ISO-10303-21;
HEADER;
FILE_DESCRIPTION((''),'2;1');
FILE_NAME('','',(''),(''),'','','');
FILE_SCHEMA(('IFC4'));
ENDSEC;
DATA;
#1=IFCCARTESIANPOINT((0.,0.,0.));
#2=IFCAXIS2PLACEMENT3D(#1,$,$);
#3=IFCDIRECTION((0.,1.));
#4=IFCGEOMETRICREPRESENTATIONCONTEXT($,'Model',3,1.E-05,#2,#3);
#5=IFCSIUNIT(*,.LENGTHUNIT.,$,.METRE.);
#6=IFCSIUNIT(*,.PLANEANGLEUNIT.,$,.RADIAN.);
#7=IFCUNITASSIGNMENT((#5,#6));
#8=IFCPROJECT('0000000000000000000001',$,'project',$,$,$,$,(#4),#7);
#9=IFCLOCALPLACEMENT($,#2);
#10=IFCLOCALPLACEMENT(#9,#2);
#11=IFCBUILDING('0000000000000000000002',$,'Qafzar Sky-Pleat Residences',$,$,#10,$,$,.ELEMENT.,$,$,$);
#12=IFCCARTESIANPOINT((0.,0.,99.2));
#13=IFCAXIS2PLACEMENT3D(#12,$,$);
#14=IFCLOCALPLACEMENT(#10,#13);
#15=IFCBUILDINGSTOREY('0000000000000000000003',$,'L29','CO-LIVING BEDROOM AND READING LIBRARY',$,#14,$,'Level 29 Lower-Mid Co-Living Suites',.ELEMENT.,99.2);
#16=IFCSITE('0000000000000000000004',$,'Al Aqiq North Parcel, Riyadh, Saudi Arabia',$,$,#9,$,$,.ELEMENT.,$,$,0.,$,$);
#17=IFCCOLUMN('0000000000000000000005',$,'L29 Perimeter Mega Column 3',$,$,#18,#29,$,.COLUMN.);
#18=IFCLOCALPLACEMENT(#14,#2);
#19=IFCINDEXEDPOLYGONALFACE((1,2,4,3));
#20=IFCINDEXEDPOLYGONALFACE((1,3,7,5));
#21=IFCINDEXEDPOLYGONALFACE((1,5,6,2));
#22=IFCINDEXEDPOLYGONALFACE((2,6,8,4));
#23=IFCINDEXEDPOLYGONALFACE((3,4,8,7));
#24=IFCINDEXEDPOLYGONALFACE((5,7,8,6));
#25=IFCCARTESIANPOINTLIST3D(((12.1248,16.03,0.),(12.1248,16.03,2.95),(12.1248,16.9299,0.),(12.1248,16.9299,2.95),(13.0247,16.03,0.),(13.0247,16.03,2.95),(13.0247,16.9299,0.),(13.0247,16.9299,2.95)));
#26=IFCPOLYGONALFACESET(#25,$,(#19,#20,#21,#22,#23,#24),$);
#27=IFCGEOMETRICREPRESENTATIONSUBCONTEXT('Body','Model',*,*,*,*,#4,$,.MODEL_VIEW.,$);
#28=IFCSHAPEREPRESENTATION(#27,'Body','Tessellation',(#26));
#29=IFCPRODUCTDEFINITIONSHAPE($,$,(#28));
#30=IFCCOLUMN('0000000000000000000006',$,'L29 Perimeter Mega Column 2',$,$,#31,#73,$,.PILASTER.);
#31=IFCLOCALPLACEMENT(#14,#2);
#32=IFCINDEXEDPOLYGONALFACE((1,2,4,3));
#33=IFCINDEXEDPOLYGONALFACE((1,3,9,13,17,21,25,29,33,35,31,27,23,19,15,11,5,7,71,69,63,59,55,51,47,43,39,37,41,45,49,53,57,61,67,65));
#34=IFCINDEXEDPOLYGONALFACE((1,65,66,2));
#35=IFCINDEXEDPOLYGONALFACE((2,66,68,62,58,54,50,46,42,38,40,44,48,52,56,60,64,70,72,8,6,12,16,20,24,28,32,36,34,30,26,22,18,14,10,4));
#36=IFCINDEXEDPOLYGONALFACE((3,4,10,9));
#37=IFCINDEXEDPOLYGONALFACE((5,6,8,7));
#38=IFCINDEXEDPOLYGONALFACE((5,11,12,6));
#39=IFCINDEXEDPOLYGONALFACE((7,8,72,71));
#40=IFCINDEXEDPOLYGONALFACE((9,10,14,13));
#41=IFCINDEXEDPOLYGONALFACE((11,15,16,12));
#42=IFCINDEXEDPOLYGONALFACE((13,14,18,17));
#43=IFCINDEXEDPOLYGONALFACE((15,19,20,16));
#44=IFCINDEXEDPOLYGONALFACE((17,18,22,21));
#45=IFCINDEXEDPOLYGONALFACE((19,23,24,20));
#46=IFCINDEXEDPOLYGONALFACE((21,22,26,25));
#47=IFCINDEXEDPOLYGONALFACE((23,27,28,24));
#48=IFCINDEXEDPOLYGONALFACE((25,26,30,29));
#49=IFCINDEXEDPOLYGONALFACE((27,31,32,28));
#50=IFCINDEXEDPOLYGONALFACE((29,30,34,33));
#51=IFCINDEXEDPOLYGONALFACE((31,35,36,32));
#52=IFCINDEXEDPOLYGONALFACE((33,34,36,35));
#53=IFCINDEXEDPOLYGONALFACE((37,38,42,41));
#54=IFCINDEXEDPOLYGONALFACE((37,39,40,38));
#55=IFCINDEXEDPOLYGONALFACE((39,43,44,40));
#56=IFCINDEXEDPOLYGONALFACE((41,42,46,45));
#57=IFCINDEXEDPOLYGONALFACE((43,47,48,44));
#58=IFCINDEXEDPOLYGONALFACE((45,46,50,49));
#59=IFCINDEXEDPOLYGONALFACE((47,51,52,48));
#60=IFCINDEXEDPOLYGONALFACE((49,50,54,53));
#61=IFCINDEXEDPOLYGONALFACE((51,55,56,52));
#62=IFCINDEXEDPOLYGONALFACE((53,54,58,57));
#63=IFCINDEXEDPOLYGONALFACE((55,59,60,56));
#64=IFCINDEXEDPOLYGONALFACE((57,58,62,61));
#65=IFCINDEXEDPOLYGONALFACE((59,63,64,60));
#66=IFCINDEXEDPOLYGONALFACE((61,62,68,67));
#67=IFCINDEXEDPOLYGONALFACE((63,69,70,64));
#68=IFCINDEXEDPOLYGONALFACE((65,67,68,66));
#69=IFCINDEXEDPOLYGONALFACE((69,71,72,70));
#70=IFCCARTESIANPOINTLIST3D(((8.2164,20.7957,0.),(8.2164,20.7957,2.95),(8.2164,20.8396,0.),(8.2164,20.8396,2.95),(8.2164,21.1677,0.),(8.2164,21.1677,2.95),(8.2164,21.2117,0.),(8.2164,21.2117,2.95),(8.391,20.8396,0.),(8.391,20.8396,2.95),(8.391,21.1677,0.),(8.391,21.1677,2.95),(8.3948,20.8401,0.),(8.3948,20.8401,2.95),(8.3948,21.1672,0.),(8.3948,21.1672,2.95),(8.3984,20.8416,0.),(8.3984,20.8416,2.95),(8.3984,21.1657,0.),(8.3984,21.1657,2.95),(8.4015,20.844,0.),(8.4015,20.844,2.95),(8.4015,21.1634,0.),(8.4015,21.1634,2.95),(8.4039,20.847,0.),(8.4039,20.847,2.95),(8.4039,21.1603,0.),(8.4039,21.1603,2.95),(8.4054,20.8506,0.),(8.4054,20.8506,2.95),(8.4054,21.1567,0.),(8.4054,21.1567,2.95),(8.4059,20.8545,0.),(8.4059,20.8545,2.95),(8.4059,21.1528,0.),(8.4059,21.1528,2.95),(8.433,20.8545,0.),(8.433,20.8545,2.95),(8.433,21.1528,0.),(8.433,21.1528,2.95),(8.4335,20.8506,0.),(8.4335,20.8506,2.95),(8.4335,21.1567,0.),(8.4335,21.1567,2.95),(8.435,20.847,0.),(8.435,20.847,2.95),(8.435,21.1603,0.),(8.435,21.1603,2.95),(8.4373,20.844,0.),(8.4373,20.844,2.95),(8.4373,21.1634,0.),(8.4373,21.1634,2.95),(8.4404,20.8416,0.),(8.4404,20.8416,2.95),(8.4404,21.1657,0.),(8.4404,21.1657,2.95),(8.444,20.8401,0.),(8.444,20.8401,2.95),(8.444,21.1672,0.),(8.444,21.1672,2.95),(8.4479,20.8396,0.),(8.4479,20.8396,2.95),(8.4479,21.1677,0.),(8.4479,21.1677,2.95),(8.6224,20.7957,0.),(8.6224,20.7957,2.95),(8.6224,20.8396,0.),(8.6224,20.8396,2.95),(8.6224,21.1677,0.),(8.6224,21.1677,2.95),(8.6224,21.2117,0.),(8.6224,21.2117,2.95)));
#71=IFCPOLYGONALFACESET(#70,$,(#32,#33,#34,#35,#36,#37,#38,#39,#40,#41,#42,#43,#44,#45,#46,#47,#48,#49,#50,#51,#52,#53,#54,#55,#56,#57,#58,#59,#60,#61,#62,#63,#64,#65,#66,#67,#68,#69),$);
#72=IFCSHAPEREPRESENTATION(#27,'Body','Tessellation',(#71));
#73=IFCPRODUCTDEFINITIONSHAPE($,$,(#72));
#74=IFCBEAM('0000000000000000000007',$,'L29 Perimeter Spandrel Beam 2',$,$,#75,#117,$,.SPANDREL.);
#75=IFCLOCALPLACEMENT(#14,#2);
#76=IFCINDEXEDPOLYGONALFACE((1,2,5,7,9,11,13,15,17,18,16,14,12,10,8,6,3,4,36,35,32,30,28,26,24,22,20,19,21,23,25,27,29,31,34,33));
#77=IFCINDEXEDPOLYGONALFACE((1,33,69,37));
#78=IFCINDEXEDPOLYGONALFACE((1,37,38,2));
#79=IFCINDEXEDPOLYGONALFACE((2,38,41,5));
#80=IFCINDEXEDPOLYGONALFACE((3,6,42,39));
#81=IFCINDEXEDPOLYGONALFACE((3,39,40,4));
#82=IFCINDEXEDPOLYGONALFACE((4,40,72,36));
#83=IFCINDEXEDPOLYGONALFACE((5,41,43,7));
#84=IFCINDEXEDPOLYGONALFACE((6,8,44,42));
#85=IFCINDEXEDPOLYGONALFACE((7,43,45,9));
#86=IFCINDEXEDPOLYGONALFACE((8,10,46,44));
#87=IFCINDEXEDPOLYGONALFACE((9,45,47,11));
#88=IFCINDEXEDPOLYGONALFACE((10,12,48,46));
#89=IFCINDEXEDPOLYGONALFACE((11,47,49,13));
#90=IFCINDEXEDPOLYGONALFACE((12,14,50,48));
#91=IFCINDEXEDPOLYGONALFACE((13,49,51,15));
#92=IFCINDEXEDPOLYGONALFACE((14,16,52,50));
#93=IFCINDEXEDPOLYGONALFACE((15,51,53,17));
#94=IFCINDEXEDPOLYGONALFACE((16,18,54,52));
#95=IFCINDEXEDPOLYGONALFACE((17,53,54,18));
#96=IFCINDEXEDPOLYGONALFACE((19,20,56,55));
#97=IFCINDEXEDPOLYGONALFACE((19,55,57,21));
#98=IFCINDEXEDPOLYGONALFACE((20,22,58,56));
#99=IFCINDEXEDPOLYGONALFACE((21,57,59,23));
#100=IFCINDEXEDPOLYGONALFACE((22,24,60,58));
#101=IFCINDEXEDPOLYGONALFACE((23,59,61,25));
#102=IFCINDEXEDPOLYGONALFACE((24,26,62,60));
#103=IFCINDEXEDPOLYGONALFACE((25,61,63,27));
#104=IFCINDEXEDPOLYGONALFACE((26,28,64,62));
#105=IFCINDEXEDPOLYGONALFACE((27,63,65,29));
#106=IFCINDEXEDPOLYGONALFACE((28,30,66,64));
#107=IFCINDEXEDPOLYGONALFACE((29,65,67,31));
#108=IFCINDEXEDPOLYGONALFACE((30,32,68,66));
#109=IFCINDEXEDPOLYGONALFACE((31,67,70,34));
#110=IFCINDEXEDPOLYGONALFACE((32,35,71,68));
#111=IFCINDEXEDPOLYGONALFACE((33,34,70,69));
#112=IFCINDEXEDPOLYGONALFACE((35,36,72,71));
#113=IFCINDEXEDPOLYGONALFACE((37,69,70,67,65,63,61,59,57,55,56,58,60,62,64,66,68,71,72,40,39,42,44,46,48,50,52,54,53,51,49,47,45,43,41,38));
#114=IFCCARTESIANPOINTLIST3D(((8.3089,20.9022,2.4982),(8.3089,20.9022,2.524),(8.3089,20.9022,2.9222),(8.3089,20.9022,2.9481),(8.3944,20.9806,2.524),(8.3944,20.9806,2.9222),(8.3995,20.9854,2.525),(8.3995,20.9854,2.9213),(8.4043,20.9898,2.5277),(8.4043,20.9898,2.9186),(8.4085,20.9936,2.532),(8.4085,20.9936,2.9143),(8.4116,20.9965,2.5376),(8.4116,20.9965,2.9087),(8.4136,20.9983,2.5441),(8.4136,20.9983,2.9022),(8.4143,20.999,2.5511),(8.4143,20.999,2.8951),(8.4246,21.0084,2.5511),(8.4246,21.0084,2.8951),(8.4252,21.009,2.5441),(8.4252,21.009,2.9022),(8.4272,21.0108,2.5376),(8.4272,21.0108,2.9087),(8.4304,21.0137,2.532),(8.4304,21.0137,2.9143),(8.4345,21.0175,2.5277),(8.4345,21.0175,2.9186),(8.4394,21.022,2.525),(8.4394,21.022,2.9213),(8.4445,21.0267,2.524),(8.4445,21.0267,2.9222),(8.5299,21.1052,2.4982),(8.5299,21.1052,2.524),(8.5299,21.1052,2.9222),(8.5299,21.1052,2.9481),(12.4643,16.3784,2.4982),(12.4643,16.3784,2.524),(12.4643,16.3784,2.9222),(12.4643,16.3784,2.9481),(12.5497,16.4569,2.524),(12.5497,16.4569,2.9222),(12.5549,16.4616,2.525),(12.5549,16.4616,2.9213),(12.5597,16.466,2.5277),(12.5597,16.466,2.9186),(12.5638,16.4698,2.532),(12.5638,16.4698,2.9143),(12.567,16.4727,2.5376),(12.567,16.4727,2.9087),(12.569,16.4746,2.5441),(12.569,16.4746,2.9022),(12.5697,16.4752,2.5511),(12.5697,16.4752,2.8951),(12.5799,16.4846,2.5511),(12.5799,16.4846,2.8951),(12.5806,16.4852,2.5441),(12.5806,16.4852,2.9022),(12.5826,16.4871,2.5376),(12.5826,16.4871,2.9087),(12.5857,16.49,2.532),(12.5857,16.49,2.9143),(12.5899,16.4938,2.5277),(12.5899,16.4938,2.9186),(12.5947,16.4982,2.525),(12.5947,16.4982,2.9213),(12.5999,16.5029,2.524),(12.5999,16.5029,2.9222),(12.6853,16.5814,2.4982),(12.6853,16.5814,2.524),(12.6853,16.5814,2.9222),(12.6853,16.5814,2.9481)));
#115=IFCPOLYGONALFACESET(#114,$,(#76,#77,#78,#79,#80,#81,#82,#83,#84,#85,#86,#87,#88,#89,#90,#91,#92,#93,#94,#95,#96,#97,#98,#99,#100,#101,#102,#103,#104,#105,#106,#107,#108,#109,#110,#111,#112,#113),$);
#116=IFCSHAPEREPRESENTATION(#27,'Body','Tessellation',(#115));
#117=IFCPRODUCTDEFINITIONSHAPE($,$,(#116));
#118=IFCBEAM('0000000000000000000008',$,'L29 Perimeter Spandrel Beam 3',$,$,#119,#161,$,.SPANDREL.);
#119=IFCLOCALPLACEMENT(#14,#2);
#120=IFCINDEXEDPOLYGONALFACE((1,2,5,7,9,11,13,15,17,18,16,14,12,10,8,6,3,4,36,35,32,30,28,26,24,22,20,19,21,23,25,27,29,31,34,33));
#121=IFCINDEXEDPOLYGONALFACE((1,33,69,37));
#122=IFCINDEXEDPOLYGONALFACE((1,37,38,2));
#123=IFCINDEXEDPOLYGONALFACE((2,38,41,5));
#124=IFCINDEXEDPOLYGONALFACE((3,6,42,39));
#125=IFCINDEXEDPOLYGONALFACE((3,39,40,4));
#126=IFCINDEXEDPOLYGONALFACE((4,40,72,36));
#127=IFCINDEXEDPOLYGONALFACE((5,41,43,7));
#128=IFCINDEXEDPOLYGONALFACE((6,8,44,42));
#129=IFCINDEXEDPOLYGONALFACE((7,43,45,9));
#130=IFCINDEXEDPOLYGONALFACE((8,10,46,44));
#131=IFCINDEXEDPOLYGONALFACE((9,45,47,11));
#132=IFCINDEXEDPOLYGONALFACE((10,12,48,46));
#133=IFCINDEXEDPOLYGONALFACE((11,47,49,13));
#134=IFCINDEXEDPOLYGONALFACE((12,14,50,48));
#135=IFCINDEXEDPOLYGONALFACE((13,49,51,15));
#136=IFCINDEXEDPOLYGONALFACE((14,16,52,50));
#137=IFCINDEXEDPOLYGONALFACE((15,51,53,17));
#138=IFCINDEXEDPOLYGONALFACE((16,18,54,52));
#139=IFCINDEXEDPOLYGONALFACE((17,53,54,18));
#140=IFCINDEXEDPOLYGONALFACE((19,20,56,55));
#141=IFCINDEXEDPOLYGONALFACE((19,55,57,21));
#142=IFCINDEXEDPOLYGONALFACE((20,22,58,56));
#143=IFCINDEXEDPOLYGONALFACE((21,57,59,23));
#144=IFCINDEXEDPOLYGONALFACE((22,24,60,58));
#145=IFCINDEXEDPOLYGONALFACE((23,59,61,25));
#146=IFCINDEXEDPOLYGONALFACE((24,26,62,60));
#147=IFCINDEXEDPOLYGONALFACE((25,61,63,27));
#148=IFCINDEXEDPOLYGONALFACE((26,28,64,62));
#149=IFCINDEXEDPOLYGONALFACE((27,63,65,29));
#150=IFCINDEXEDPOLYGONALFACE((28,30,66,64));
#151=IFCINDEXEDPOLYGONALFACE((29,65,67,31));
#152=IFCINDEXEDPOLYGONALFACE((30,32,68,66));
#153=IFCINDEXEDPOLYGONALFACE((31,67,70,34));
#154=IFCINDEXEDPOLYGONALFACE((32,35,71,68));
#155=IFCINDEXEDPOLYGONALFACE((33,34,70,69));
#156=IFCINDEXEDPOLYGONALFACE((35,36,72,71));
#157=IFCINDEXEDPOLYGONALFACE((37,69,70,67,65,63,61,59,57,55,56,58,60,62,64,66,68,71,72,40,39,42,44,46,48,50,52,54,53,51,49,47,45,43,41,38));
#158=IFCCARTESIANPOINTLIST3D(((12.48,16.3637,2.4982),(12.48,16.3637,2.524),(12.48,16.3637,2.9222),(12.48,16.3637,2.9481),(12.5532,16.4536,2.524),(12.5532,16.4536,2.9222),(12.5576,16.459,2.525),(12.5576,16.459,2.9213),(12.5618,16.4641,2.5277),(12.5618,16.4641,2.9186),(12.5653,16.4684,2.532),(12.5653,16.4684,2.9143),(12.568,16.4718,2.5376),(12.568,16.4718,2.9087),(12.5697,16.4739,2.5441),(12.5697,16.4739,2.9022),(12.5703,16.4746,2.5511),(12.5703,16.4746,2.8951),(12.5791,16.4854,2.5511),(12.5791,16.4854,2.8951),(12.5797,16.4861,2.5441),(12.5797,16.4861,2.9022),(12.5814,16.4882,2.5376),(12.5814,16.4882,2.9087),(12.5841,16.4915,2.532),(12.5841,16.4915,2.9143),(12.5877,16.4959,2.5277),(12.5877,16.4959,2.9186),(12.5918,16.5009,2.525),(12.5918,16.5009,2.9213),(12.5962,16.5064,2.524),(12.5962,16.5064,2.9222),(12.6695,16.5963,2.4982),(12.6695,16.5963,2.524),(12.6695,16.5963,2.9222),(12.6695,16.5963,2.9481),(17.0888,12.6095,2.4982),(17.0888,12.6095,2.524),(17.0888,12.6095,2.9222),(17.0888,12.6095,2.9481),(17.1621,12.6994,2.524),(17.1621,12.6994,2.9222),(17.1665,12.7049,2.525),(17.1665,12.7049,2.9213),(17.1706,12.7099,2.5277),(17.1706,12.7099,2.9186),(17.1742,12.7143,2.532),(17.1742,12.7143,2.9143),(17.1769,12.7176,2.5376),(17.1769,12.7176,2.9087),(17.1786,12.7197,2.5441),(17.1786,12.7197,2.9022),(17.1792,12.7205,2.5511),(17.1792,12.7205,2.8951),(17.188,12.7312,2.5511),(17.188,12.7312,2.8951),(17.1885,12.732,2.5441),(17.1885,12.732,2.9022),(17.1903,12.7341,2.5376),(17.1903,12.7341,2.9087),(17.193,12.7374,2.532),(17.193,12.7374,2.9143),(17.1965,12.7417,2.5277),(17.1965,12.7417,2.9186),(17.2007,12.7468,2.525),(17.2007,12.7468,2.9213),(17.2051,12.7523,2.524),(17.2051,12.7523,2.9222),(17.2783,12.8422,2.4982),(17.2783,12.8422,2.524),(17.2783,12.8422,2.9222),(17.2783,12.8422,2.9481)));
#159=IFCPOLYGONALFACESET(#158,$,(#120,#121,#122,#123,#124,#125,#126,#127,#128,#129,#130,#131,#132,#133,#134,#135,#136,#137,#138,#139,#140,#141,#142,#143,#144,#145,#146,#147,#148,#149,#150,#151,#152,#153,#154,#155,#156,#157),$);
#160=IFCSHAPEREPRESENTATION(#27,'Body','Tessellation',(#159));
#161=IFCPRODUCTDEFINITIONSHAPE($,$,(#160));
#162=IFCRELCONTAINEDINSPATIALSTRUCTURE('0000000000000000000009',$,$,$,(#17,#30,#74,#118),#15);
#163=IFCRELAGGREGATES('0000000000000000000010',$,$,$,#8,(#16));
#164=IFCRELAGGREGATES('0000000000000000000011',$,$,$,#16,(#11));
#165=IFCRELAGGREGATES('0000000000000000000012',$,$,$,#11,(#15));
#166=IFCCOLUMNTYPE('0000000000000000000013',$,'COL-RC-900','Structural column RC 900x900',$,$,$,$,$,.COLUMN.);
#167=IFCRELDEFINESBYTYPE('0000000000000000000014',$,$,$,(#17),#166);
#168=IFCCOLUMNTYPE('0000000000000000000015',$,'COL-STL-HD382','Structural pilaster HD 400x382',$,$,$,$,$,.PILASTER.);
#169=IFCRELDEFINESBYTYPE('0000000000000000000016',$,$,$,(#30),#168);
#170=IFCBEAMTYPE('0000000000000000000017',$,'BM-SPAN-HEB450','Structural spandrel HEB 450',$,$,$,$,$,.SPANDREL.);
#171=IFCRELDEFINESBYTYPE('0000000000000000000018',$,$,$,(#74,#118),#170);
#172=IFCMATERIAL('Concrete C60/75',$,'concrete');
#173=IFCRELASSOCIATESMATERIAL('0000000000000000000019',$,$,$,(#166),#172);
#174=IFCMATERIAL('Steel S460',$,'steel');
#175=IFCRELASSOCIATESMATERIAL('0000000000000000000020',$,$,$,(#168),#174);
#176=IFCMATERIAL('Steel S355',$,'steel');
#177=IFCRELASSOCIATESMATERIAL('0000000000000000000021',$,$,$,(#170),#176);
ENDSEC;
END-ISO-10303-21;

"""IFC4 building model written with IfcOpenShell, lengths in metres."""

from ifc_helpers import new_model, si_unit, direction, frame, origin, origin_2d, place, context, subcontext, project, spatial, rectangle, i_section, extrude, source, transform, mapped, material, material_profile, profile_set, type_object, element, save


model = new_model("IFC4")

# Units and contexts
model_context = context("Model", 3, precision=1e-05, world=origin(), true_north=direction((0.0, 1.0)))
body_context = subcontext(model_context, "Body", "Model", "MODEL_VIEW")
ifc_project = project(units=[si_unit("LENGTHUNIT", "METRE"), si_unit("PLANEANGLEUNIT", "RADIAN")], contexts=[model_context])

# Site, building, storey
site_placement = place(None, origin())
site = spatial("IfcSite", under=ifc_project, at=site_placement, Name="Al Aqiq North Parcel, Riyadh, Saudi Arabia", CompositionType="ELEMENT", RefElevation=0.0)
building_placement = place(site_placement, origin())
building = spatial("IfcBuilding", under=site, at=building_placement, Name="Qafzar Sky-Pleat Residences", CompositionType="ELEMENT")
storey_placement = place(building_placement, frame((0.0, 0.0, 99.2)))
storey = spatial("IfcBuildingStorey", under=building, at=storey_placement, Name="L29", Description="CO-LIVING BEDROOM AND READING LIBRARY", LongName="Level 29 Lower-Mid Co-Living Suites", CompositionType="ELEMENT", Elevation=99.2)

# Columns
ifc_material_1 = material(Name="Concrete C60/75", Category="concrete")
ifc_material_profile_1 = material_profile(ifc_material_1, rectangle(XDim=0.8999, YDim=0.8999, at=origin_2d()), Name="RC 900x900")
ifc_profile_set_1 = profile_set([ifc_material_profile_1], Name="Concrete C60/75")
column_type_1 = type_object("IfcColumnType", Name="COL-RC-900", Description="Structural column RC 900x900", PredefinedType="COLUMN", material=ifc_profile_set_1)
shared_shape_1 = source(origin(), body_context, "Body", "SweptSolid", [
    extrude(rectangle(XDim=0.8999, YDim=0.8999, at=origin_2d()), origin(), (0.0, 0.0, 1.0), 2.95),
])
column_1_placement = place(storey_placement, frame((12.5747, 16.48, 0.0), z_axis=(0.0, 0.0, 1.0), x_axis=(1.0, 0.0, 0.0)))
element("IfcColumn", 1, at=column_1_placement, inside=storey, type_object=column_type_1, Name="L29 Perimeter Mega Column 3", PredefinedType="COLUMN", context=body_context, shape_type="MappedRepresentation", body=[
    mapped(shared_shape_1, transform((0.0, 0.0, 0.0), x_axis=(1.0, 0.0, 0.0), y_axis=(0.0, 1.0, 0.0), z_axis=(0.0, 0.0, 1.0), scale=1.0)),
])
ifc_material_2 = material(Name="Steel S460", Category="steel")
ifc_material_profile_2 = material_profile(ifc_material_2, i_section(OverallWidth=0.406, OverallDepth=0.416, WebThickness=0.0271, FlangeThickness=0.0439, FilletRadius=0.0149, at=origin_2d()), Name="HD 400x382")
ifc_profile_set_2 = profile_set([ifc_material_profile_2], Name="Steel S460")
column_type_2 = type_object("IfcColumnType", Name="COL-STL-HD382", Description="Structural pilaster HD 400x382", PredefinedType="PILASTER", material=ifc_profile_set_2)
shared_shape_2 = source(origin(), body_context, "Body", "SweptSolid", [
    extrude(i_section(OverallWidth=0.406, OverallDepth=0.416, WebThickness=0.0271, FlangeThickness=0.0439, FilletRadius=0.0149, at=origin_2d()), origin(), (0.0, 0.0, 1.0), 2.95),
])
column_2_placement = place(storey_placement, frame((8.4194, 21.0037, 0.0), z_axis=(0.0, 0.0, 1.0), x_axis=(1.0, 0.0, 0.0)))
element("IfcColumn", 2, at=column_2_placement, inside=storey, type_object=column_type_2, Name="L29 Perimeter Mega Column 2", PredefinedType="PILASTER", context=body_context, shape_type="MappedRepresentation", body=[
    mapped(shared_shape_2, transform((0.0, 0.0, 0.0), x_axis=(1.0, 0.0, 0.0), y_axis=(0.0, 1.0, 0.0), z_axis=(0.0, 0.0, 1.0), scale=1.0)),
])

# Beams
ifc_material_3 = material(Name="Steel S355", Category="steel")
ifc_material_profile_3 = material_profile(ifc_material_3, i_section(OverallWidth=0.3, OverallDepth=0.45, WebThickness=0.0139, FlangeThickness=0.0259, FilletRadius=0.0271, at=origin_2d()), Name="HEB 450")
ifc_profile_set_3 = profile_set([ifc_material_profile_3], Name="Steel S355")
beam_type_1 = type_object("IfcBeamType", Name="BM-SPAN-HEB450", Description="Structural spandrel HEB 450", PredefinedType="SPANDREL", material=ifc_profile_set_3)
shared_shape_3 = source(origin(), body_context, "Body", "SweptSolid", [
    extrude(i_section(OverallWidth=0.3, OverallDepth=0.45, WebThickness=0.0139, FlangeThickness=0.0259, FilletRadius=0.0271, at=origin_2d()), origin(), (0.0, 0.0, 1.0), 6.1426),
])
beam_1_placement = place(storey_placement, frame((8.4194, 21.0037, 2.7231), z_axis=(0.676482, -0.736459, 0.0), x_axis=(0.736459, 0.676482, 0.0)))
element("IfcBeam", 3, at=beam_1_placement, inside=storey, type_object=beam_type_1, Name="L29 Perimeter Spandrel Beam 2", PredefinedType="SPANDREL", context=body_context, shape_type="MappedRepresentation", body=[
    mapped(shared_shape_3, transform((0.0, 0.0, 0.0), x_axis=(1.0, 0.0, 0.0), y_axis=(0.0, 1.0, 0.0), z_axis=(0.0, 0.0, 1.0), scale=1.0)),
])
shared_shape_4 = source(origin(), body_context, "Body", "SweptSolid", [
    extrude(i_section(OverallWidth=0.3, OverallDepth=0.45, WebThickness=0.0139, FlangeThickness=0.0259, FilletRadius=0.0271, at=origin_2d()), origin(), (0.0, 0.0, 1.0), 5.9443),
])
beam_2_placement = place(storey_placement, frame((12.5747, 16.48, 2.7231), z_axis=(0.775337, -0.631548, 0.0), x_axis=(0.631548, 0.775337, 0.0)))
element("IfcBeam", 4, at=beam_2_placement, inside=storey, type_object=beam_type_1, Name="L29 Perimeter Spandrel Beam 3", PredefinedType="SPANDREL", context=body_context, shape_type="MappedRepresentation", body=[
    mapped(shared_shape_4, transform((0.0, 0.0, 0.0), x_axis=(1.0, 0.0, 0.0), y_axis=(0.0, 1.0, 0.0), z_axis=(0.0, 0.0, 1.0), scale=1.0)),
])

save(model, "model.ifc")
